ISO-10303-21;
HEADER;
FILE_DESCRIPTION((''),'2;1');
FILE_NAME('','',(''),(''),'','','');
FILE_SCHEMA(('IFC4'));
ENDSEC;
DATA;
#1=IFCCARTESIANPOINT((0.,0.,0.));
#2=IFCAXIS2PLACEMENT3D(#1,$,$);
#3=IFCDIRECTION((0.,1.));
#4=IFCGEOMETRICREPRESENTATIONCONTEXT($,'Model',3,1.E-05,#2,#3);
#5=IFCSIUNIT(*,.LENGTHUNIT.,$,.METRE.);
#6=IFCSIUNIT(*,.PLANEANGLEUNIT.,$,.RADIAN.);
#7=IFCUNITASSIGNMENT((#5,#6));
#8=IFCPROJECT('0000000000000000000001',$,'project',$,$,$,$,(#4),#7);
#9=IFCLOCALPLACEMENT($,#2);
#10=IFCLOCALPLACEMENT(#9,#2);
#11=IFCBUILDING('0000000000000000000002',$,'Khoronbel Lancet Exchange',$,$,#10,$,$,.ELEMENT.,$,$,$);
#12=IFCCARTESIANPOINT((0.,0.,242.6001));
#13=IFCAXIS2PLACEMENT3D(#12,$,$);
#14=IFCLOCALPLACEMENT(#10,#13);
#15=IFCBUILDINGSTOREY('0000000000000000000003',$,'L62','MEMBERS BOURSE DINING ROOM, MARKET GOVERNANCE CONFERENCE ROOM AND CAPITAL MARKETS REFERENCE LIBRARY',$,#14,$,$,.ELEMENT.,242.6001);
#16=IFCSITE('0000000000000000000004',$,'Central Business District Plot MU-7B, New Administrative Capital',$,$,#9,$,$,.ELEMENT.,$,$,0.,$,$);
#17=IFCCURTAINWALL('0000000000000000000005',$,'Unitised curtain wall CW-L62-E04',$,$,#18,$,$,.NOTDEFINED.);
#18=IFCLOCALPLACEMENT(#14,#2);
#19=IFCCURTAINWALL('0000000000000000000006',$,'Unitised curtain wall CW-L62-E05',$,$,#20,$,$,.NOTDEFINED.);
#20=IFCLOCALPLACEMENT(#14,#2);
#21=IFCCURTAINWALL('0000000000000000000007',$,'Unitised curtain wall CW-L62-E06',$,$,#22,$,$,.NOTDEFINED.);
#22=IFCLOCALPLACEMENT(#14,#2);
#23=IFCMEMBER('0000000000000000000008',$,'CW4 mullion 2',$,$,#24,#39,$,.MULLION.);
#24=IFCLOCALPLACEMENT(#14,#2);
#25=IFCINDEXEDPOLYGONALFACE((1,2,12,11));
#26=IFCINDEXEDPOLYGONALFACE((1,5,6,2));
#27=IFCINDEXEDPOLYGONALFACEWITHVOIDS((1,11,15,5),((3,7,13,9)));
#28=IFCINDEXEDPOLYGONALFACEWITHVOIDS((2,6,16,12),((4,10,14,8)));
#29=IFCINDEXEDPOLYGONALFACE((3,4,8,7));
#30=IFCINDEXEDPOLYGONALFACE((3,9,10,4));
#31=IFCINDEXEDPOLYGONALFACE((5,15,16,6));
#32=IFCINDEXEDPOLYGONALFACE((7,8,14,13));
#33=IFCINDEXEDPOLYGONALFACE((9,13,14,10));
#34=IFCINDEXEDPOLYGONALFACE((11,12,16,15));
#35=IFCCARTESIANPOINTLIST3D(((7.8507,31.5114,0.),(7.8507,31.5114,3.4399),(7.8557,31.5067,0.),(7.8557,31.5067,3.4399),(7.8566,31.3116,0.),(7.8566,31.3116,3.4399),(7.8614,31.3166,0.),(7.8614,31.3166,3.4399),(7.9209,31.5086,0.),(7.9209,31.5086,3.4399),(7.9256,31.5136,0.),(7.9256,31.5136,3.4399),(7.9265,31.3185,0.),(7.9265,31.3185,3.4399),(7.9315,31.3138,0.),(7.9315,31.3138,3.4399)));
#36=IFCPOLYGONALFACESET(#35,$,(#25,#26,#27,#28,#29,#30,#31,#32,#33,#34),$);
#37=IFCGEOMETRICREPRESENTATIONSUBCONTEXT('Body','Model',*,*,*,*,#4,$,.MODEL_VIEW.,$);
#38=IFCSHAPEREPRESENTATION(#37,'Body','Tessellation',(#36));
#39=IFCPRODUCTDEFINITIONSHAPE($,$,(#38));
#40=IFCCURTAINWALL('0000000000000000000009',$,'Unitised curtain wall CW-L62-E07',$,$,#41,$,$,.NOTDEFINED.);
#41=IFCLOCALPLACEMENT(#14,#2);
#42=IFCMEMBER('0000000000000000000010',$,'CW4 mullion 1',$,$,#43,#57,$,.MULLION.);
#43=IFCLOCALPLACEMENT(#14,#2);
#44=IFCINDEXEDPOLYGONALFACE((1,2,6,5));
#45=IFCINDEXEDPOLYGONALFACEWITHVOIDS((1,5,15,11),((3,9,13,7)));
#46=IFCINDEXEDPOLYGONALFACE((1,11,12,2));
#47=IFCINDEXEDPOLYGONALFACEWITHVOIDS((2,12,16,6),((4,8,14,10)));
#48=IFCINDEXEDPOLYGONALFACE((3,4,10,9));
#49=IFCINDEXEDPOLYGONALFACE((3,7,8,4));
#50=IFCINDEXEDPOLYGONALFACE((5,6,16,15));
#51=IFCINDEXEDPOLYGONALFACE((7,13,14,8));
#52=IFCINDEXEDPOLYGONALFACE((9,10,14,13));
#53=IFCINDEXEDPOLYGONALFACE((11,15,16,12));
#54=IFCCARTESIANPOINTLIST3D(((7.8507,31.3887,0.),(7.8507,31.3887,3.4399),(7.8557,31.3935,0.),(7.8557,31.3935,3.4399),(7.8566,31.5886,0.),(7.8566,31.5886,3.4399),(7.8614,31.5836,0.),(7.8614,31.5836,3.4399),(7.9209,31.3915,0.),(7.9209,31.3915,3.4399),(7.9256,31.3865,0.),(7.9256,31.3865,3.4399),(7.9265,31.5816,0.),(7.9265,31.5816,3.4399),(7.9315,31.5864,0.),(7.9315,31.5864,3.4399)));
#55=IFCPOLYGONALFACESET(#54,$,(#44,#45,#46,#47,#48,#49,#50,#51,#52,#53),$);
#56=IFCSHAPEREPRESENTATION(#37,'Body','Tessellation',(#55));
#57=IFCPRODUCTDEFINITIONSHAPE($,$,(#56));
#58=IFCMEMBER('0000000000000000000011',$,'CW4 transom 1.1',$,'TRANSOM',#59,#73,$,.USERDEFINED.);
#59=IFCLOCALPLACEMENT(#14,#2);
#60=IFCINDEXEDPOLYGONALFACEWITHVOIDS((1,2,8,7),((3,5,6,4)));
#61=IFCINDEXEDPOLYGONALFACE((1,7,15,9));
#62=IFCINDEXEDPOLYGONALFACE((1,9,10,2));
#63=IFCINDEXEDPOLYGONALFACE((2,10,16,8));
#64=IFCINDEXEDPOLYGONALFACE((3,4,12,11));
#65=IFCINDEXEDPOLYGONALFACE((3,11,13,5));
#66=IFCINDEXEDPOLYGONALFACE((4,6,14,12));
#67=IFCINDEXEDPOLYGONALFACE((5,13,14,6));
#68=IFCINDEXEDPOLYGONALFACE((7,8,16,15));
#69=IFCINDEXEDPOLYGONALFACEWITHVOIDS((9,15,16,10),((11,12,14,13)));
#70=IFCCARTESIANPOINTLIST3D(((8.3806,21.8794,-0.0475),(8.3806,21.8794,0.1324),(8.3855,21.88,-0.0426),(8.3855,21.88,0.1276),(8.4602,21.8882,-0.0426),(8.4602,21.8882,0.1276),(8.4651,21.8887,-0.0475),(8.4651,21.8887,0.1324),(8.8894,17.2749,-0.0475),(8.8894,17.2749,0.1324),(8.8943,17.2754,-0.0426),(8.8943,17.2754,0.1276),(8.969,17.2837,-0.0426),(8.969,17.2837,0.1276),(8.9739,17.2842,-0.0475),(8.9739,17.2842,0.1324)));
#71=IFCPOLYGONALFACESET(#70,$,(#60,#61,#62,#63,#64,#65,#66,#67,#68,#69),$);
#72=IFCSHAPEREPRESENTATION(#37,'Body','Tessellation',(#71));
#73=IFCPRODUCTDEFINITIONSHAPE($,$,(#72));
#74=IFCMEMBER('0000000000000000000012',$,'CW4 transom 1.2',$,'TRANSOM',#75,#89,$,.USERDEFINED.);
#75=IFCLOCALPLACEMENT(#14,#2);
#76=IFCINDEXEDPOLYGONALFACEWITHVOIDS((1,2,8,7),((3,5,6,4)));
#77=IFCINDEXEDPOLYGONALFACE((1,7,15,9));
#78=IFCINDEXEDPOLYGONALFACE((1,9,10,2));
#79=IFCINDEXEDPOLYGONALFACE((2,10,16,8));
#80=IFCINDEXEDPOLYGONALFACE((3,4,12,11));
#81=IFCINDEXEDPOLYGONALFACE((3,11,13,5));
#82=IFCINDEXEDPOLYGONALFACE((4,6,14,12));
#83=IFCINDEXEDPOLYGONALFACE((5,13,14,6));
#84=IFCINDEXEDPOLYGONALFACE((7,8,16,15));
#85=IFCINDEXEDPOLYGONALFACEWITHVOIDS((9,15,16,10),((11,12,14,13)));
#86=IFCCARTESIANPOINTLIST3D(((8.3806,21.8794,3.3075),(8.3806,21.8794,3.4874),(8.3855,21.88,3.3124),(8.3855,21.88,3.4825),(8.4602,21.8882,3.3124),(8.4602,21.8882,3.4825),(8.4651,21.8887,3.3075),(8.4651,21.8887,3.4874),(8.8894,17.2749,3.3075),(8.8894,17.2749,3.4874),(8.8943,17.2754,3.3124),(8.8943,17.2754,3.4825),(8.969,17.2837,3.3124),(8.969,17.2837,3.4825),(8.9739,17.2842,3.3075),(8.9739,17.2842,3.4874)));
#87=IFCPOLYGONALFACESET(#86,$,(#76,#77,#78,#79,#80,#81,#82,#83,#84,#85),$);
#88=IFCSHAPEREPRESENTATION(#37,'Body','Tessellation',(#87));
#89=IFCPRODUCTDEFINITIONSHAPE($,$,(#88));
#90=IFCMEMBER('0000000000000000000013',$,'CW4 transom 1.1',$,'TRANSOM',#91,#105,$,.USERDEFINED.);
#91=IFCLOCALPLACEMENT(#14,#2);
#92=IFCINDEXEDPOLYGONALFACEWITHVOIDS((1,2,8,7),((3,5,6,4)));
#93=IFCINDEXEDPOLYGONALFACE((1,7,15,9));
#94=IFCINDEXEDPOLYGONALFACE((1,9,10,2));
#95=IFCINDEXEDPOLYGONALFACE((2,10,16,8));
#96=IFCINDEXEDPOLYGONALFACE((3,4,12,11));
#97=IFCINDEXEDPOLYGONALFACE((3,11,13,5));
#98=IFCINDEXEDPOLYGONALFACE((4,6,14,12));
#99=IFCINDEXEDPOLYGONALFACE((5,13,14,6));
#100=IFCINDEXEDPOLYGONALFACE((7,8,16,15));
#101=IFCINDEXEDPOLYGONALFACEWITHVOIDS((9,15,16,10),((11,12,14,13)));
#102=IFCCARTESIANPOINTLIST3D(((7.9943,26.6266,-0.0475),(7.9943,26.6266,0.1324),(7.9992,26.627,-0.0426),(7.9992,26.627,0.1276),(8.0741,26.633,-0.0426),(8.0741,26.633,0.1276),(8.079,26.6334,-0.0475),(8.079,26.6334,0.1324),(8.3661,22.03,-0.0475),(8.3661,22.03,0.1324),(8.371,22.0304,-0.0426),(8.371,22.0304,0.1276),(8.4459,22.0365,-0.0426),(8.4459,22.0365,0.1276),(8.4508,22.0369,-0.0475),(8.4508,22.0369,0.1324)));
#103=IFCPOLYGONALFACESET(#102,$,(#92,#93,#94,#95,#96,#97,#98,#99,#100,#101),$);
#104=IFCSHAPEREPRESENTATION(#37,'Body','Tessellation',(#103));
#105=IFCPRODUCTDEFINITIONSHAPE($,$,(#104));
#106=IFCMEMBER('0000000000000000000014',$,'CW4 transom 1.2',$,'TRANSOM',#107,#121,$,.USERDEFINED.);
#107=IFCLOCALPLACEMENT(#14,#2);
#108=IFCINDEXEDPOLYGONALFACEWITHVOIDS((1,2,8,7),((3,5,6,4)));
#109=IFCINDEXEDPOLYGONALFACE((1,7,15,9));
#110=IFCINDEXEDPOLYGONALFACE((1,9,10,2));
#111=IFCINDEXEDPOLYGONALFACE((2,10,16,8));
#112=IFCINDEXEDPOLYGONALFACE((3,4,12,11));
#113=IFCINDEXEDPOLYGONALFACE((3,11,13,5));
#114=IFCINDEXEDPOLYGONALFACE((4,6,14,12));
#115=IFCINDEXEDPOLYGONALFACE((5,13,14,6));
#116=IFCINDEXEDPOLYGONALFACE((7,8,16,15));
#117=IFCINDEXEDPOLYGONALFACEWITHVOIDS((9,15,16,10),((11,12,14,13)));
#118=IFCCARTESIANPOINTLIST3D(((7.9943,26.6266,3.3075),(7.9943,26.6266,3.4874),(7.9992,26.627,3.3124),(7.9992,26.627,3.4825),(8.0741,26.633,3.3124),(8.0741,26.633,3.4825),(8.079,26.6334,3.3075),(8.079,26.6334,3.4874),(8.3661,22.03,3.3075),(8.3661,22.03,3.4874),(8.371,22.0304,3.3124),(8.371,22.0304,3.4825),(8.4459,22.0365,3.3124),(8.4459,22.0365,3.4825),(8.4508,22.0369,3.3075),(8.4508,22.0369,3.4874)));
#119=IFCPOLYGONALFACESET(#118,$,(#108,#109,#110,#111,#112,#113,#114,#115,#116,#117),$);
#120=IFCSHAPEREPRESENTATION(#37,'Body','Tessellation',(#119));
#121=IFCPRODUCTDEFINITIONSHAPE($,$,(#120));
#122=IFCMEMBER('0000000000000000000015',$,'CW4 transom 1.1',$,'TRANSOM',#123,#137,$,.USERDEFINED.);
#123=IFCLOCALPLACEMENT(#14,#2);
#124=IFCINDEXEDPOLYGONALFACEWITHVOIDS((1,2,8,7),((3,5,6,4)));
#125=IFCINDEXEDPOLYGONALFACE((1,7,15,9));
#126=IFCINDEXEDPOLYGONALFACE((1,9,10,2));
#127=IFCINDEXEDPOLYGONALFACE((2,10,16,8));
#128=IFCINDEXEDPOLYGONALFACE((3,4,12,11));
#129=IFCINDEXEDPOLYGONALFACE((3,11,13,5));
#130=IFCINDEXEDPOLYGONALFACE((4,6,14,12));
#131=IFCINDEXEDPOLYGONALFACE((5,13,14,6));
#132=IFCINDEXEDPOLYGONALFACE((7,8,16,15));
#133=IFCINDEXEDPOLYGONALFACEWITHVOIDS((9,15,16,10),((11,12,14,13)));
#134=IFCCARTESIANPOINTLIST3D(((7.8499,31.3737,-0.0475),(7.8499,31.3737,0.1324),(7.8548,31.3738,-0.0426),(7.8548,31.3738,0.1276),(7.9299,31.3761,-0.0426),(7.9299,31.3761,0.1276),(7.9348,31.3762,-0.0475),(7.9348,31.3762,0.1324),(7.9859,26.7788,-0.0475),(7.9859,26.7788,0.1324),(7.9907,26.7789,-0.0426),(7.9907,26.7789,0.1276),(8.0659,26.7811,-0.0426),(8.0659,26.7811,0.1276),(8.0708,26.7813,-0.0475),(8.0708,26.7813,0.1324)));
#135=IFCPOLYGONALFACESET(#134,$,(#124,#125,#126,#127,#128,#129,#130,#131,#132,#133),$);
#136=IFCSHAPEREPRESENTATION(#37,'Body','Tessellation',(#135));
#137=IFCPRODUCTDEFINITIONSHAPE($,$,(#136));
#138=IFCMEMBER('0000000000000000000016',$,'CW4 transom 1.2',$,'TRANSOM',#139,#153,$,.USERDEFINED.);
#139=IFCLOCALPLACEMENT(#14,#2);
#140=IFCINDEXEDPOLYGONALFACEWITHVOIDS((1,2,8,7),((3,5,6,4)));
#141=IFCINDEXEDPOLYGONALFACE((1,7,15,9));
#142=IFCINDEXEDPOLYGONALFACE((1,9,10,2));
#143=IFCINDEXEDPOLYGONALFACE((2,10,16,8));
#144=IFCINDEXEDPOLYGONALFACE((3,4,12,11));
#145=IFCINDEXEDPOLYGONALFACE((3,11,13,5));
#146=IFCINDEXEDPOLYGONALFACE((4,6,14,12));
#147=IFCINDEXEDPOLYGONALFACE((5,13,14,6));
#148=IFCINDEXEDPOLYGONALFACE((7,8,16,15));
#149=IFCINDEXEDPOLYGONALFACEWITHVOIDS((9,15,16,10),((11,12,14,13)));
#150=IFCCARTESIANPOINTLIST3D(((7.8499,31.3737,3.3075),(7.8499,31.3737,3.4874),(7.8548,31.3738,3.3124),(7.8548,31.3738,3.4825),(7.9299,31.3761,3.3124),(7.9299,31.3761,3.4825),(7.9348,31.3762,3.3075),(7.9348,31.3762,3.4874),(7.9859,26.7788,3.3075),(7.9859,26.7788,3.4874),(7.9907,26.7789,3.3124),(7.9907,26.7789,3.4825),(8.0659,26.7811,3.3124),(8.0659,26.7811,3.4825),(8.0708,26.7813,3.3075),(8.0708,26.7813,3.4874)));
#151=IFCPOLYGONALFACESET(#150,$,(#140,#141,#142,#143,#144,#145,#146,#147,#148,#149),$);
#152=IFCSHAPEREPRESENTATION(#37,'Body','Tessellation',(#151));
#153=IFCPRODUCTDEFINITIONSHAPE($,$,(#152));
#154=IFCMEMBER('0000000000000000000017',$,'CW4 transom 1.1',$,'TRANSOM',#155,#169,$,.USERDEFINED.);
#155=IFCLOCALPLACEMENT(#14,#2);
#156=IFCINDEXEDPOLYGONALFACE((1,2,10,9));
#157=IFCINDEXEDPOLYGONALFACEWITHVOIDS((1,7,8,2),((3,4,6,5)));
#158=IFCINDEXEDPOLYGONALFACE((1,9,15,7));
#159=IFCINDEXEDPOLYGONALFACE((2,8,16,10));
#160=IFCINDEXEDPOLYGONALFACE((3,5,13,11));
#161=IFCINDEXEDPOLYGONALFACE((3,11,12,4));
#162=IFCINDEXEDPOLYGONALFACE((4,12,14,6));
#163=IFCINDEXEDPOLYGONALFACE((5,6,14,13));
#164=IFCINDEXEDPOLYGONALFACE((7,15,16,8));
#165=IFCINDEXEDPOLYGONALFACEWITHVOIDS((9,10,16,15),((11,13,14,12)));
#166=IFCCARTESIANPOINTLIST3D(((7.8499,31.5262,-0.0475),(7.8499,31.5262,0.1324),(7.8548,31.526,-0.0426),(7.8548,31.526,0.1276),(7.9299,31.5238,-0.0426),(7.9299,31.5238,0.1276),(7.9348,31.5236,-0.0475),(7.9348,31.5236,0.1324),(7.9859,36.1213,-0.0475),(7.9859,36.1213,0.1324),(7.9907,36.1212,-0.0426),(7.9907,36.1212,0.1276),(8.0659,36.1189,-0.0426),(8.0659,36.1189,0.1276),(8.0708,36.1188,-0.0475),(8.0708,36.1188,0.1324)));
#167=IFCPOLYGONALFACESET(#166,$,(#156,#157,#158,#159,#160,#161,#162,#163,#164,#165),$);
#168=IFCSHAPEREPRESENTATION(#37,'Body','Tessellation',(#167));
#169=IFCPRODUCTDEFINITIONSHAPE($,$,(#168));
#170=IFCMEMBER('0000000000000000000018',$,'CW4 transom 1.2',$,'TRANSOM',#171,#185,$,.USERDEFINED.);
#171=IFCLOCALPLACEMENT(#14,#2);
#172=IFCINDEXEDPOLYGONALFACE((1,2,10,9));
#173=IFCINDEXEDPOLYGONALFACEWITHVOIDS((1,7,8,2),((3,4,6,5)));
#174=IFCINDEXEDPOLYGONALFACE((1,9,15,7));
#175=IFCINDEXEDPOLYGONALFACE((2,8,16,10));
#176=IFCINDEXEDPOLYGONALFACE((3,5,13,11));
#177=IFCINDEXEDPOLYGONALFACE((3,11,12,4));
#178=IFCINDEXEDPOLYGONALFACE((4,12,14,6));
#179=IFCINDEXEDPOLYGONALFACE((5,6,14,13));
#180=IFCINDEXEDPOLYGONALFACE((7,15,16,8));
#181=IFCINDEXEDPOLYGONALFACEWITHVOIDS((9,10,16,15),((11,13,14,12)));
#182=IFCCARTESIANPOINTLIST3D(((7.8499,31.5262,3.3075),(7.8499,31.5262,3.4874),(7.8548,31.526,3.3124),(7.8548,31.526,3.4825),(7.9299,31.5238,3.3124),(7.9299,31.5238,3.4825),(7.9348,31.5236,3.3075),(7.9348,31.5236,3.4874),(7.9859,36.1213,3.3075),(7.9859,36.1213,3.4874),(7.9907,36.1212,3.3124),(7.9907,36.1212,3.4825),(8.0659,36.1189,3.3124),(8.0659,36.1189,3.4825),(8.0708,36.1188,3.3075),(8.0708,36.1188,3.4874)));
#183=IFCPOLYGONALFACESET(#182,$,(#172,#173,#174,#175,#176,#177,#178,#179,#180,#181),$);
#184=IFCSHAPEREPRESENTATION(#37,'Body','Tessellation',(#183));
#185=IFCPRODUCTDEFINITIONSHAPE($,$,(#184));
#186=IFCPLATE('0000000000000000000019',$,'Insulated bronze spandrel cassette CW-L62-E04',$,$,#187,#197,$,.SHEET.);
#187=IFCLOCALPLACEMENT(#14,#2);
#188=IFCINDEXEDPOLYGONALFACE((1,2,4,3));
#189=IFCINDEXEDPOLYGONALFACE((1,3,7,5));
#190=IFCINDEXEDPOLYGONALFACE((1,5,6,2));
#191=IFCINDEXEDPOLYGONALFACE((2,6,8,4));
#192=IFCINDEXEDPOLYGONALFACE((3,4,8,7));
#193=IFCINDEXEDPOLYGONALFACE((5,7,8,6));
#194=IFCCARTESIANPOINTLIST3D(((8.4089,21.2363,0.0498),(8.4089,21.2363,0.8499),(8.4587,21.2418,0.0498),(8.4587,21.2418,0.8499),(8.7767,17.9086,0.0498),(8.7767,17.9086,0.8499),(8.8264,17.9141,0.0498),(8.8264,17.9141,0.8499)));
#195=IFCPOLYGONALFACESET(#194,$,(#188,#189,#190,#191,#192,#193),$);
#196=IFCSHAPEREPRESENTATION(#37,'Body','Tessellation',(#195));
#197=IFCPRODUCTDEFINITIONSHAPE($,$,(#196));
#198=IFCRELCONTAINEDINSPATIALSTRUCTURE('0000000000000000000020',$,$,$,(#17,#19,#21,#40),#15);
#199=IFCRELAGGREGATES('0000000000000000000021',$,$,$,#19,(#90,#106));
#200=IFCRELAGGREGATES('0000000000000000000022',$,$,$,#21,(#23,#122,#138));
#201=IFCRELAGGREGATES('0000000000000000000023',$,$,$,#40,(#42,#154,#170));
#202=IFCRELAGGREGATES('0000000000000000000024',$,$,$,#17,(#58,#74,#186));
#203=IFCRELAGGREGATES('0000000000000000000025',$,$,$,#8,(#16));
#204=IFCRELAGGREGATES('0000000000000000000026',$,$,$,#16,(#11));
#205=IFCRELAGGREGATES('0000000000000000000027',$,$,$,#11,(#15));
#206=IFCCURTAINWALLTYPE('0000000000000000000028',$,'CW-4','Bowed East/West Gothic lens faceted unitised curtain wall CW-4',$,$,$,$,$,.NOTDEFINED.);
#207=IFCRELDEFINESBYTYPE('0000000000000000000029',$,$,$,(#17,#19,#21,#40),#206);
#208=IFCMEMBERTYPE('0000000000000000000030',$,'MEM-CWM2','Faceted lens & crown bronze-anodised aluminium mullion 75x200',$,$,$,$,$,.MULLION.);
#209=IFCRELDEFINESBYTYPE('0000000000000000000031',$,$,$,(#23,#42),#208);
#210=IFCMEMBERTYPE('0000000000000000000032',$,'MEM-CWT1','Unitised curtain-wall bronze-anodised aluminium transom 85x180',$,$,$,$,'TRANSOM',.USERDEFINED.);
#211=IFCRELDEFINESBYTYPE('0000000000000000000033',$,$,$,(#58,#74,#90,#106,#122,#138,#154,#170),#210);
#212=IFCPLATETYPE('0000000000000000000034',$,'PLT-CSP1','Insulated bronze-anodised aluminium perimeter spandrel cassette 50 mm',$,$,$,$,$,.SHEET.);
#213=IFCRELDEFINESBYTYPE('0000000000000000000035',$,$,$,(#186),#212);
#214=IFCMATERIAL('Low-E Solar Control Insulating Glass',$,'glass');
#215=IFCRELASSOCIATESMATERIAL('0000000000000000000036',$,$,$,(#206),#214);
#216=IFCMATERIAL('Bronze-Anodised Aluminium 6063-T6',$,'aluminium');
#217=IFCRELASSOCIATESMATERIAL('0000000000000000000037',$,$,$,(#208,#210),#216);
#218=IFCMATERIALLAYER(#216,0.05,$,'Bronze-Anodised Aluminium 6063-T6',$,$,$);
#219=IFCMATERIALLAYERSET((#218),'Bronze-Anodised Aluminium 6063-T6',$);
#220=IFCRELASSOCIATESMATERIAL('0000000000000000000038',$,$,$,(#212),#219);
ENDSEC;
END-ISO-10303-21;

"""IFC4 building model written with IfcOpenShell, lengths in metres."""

from ifc_helpers import new_model, si_unit, direction, frame, origin, origin_2d, place, context, subcontext, project, spatial, rectangle, hollow_rectangle, extrude, material, layer, layer_set, material_profile, profile_set, type_object, element, aggregate, save


model = new_model("IFC4")

# Units and contexts
model_context = context("Model", 3, precision=1e-05, world=origin(), true_north=direction((0.0, 1.0)))
body_context = subcontext(model_context, "Body", "Model", "MODEL_VIEW")
ifc_project = project(units=[si_unit("LENGTHUNIT", "METRE"), si_unit("PLANEANGLEUNIT", "RADIAN")], contexts=[model_context])

# Site, building, storey
site_placement = place(None, origin())
site = spatial("IfcSite", under=ifc_project, at=site_placement, Name="Central Business District Plot MU-7B, New Administrative Capital", CompositionType="ELEMENT", RefElevation=0.0)
building_placement = place(site_placement, origin())
building = spatial("IfcBuilding", under=site, at=building_placement, Name="Khoronbel Lancet Exchange", CompositionType="ELEMENT")
storey_placement = place(building_placement, frame((0.0, 0.0, 242.6001)))
storey = spatial("IfcBuildingStorey", under=building, at=storey_placement, Name="L62", Description="MEMBERS BOURSE DINING ROOM, MARKET GOVERNANCE CONFERENCE ROOM AND CAPITAL MARKETS REFERENCE LIBRARY", CompositionType="ELEMENT", Elevation=242.6001)

# Curtain walls, member
ifc_material_1 = material(Name="Low-E Solar Control Insulating Glass", Category="glass")
curtain_wall_type = type_object("IfcCurtainWallType", Name="CW-4", Description="Bowed East/West Gothic lens faceted unitised curtain wall CW-4", PredefinedType="NOTDEFINED", material=ifc_material_1)
curtain_wall_1_placement = place(storey_placement, origin())
curtain_wall_1 = element("IfcCurtainWall", 1, at=curtain_wall_1_placement, inside=storey, type_object=curtain_wall_type, Name="Unitised curtain wall CW-L62-E04", PredefinedType="NOTDEFINED")
ifc_material_2 = material(Name="Bronze-Anodised Aluminium 6063-T6", Category="aluminium")
ifc_material_profile_1 = material_profile(ifc_material_2, hollow_rectangle(XDim=0.075, YDim=0.2, WallThickness=0.0049, at=origin_2d()), Name="ALU MULLION 75x200")
ifc_profile_set_1 = profile_set([ifc_material_profile_1], Name="Bronze-Anodised Aluminium 6063-T6")
member_type_1 = type_object("IfcMemberType", Name="MEM-CWM2", Description="Faceted lens & crown bronze-anodised aluminium mullion 75x200", PredefinedType="MULLION", material=ifc_profile_set_1)
curtain_wall_2_placement = place(storey_placement, origin())
curtain_wall_2 = element("IfcCurtainWall", 2, at=curtain_wall_2_placement, inside=storey, type_object=curtain_wall_type, Name="Unitised curtain wall CW-L62-E05", PredefinedType="NOTDEFINED")
curtain_wall_3_placement = place(storey_placement, origin())
curtain_wall_3 = element("IfcCurtainWall", 3, at=curtain_wall_3_placement, inside=storey, type_object=curtain_wall_type, Name="Unitised curtain wall CW-L62-E06", PredefinedType="NOTDEFINED")
member_1_placement = place(storey_placement, frame((7.8911, 31.4126, 0.0), z_axis=(0.0, 0.0, 1.0), x_axis=(-0.999561, -0.029618, 0.0)))
member_1 = element("IfcMember", 4, at=member_1_placement, type_object=member_type_1, Name="CW4 mullion 2", PredefinedType="MULLION", context=body_context, shape_type="SweptSolid", body=[
    extrude(hollow_rectangle(XDim=0.075, YDim=0.2, WallThickness=0.0049, at=origin_2d()), origin(), (0.0, 0.0, 1.0), 3.4399),
])

# Curtain wall, member
curtain_wall_4_placement = place(storey_placement, origin())
curtain_wall_4 = element("IfcCurtainWall", 5, at=curtain_wall_4_placement, inside=storey, type_object=curtain_wall_type, Name="Unitised curtain wall CW-L62-E07", PredefinedType="NOTDEFINED")
member_2_placement = place(storey_placement, frame((7.8911, 31.4875, 0.0), z_axis=(0.0, 0.0, 1.0), x_axis=(-0.999561, 0.029618, 0.0)))
member_2 = element("IfcMember", 6, at=member_2_placement, type_object=member_type_1, Name="CW4 mullion 1", PredefinedType="MULLION", context=body_context, shape_type="SweptSolid", body=[
    extrude(hollow_rectangle(XDim=0.075, YDim=0.2, WallThickness=0.0049, at=origin_2d()), origin(), (0.0, 0.0, 1.0), 3.4399),
])

# Members
ifc_material_profile_2 = material_profile(ifc_material_2, hollow_rectangle(XDim=0.085, YDim=0.1799, WallThickness=0.0049, at=origin_2d()), Name="ALU TRANSOM 85x180")
ifc_profile_set_2 = profile_set([ifc_material_profile_2], Name="Bronze-Anodised Aluminium 6063-T6")
member_type_2 = type_object("IfcMemberType", Name="MEM-CWT1", Description="Unitised curtain-wall bronze-anodised aluminium transom 85x180", ElementType="TRANSOM", PredefinedType="USERDEFINED", material=ifc_profile_set_2)
member_3_placement = place(storey_placement, frame((8.9316, 17.2795, 0.0425), z_axis=(-0.10983, 0.99395, 0.0), x_axis=(-0.99395, -0.10983, 0.0)))
member_3 = element("IfcMember", 7, at=member_3_placement, type_object=member_type_2, Name="CW4 transom 1.1", ObjectType="TRANSOM", PredefinedType="USERDEFINED", context=body_context, shape_type="SweptSolid", body=[
    extrude(hollow_rectangle(XDim=0.085, YDim=0.1799, WallThickness=0.0049, at=origin_2d()), origin(), (0.0, 0.0, 1.0), 4.6326),
])
member_4_placement = place(storey_placement, frame((8.9316, 17.2795, 3.3975), z_axis=(-0.10983, 0.99395, 0.0), x_axis=(-0.99395, -0.10983, 0.0)))
member_4 = element("IfcMember", 8, at=member_4_placement, type_object=member_type_2, Name="CW4 transom 1.2", ObjectType="TRANSOM", PredefinedType="USERDEFINED", context=body_context, shape_type="SweptSolid", body=[
    extrude(hollow_rectangle(XDim=0.085, YDim=0.1799, WallThickness=0.0049, at=origin_2d()), origin(), (0.0, 0.0, 1.0), 4.6326),
])
member_5_placement = place(storey_placement, frame((8.4084, 22.0334, 0.0425), z_axis=(-0.080627, 0.996744, 0.0), x_axis=(-0.996744, -0.080627, 0.0)))
member_5 = element("IfcMember", 9, at=member_5_placement, type_object=member_type_2, Name="CW4 transom 1.1", ObjectType="TRANSOM", PredefinedType="USERDEFINED", context=body_context, shape_type="SweptSolid", body=[
    extrude(hollow_rectangle(XDim=0.085, YDim=0.1799, WallThickness=0.0049, at=origin_2d()), origin(), (0.0, 0.0, 1.0), 4.6116),
])
member_6_placement = place(storey_placement, frame((8.4084, 22.0334, 3.3975), z_axis=(-0.080627, 0.996744, 0.0), x_axis=(-0.996744, -0.080627, 0.0)))
member_6 = element("IfcMember", 10, at=member_6_placement, type_object=member_type_2, Name="CW4 transom 1.2", ObjectType="TRANSOM", PredefinedType="USERDEFINED", context=body_context, shape_type="SweptSolid", body=[
    extrude(hollow_rectangle(XDim=0.085, YDim=0.1799, WallThickness=0.0049, at=origin_2d()), origin(), (0.0, 0.0, 1.0), 4.6116),
])
member_7_placement = place(storey_placement, frame((8.0283, 26.78, 0.0425), z_axis=(-0.029582, 0.999562, 0.0), x_axis=(-0.999562, -0.029582, 0.0)))
member_7 = element("IfcMember", 11, at=member_7_placement, type_object=member_type_2, Name="CW4 transom 1.1", ObjectType="TRANSOM", PredefinedType="USERDEFINED", context=body_context, shape_type="SweptSolid", body=[
    extrude(hollow_rectangle(XDim=0.085, YDim=0.1799, WallThickness=0.0049, at=origin_2d()), origin(), (0.0, 0.0, 1.0), 4.5969),
])
member_8_placement = place(storey_placement, frame((8.0283, 26.78, 3.3975), z_axis=(-0.029582, 0.999562, 0.0), x_axis=(-0.999562, -0.029582, 0.0)))
member_8 = element("IfcMember", 12, at=member_8_placement, type_object=member_type_2, Name="CW4 transom 1.2", ObjectType="TRANSOM", PredefinedType="USERDEFINED", context=body_context, shape_type="SweptSolid", body=[
    extrude(hollow_rectangle(XDim=0.085, YDim=0.1799, WallThickness=0.0049, at=origin_2d()), origin(), (0.0, 0.0, 1.0), 4.5969),
])
member_9_placement = place(storey_placement, frame((7.8923, 31.5249, 0.0425), z_axis=(0.02958, 0.999562, 0.0), x_axis=(-0.999562, 0.02958, 0.0)))
member_9 = element("IfcMember", 13, at=member_9_placement, type_object=member_type_2, Name="CW4 transom 1.1", ObjectType="TRANSOM", PredefinedType="USERDEFINED", context=body_context, shape_type="SweptSolid", body=[
    extrude(hollow_rectangle(XDim=0.085, YDim=0.1799, WallThickness=0.0049, at=origin_2d()), origin(), (0.0, 0.0, 1.0), 4.5972),
])
member_10_placement = place(storey_placement, frame((7.8923, 31.5249, 3.3975), z_axis=(0.02958, 0.999562, 0.0), x_axis=(-0.999562, 0.02958, 0.0)))
member_10 = element("IfcMember", 14, at=member_10_placement, type_object=member_type_2, Name="CW4 transom 1.2", ObjectType="TRANSOM", PredefinedType="USERDEFINED", context=body_context, shape_type="SweptSolid", body=[
    extrude(hollow_rectangle(XDim=0.085, YDim=0.1799, WallThickness=0.0049, at=origin_2d()), origin(), (0.0, 0.0, 1.0), 4.5972),
])

# Plate
ifc_layer_1 = layer(ifc_material_2, 0.05, Name="Bronze-Anodised Aluminium 6063-T6")
ifc_layer_set_1 = layer_set([ifc_layer_1], Name="Bronze-Anodised Aluminium 6063-T6")
plate_type_1 = type_object("IfcPlateType", Name="PLT-CSP1", Description="Insulated bronze-anodised aluminium perimeter spandrel cassette 50 mm", PredefinedType="SHEET", material=ifc_layer_set_1)
plate_1_placement = place(storey_placement, frame((8.6177, 19.5752, 0.0498), z_axis=(0.0, 0.0, 1.0), x_axis=(-0.109858, 0.993947, 0.0)))
plate_1 = element("IfcPlate", 15, at=plate_1_placement, type_object=plate_type_1, Name="Insulated bronze spandrel cassette CW-L62-E04", PredefinedType="SHEET", context=body_context, shape_type="SweptSolid", body=[
    extrude(rectangle(XDim=3.3479, YDim=0.05, at=origin_2d()), origin(), (0.0, 0.0, 1.0), 0.8),
])
aggregate(curtain_wall_2, [member_5, member_6])
aggregate(curtain_wall_3, [member_1, member_7, member_8])
aggregate(curtain_wall_4, [member_2, member_9, member_10])
aggregate(curtain_wall_1, [member_3, member_4, plate_1])

save(model, "model.ifc")
